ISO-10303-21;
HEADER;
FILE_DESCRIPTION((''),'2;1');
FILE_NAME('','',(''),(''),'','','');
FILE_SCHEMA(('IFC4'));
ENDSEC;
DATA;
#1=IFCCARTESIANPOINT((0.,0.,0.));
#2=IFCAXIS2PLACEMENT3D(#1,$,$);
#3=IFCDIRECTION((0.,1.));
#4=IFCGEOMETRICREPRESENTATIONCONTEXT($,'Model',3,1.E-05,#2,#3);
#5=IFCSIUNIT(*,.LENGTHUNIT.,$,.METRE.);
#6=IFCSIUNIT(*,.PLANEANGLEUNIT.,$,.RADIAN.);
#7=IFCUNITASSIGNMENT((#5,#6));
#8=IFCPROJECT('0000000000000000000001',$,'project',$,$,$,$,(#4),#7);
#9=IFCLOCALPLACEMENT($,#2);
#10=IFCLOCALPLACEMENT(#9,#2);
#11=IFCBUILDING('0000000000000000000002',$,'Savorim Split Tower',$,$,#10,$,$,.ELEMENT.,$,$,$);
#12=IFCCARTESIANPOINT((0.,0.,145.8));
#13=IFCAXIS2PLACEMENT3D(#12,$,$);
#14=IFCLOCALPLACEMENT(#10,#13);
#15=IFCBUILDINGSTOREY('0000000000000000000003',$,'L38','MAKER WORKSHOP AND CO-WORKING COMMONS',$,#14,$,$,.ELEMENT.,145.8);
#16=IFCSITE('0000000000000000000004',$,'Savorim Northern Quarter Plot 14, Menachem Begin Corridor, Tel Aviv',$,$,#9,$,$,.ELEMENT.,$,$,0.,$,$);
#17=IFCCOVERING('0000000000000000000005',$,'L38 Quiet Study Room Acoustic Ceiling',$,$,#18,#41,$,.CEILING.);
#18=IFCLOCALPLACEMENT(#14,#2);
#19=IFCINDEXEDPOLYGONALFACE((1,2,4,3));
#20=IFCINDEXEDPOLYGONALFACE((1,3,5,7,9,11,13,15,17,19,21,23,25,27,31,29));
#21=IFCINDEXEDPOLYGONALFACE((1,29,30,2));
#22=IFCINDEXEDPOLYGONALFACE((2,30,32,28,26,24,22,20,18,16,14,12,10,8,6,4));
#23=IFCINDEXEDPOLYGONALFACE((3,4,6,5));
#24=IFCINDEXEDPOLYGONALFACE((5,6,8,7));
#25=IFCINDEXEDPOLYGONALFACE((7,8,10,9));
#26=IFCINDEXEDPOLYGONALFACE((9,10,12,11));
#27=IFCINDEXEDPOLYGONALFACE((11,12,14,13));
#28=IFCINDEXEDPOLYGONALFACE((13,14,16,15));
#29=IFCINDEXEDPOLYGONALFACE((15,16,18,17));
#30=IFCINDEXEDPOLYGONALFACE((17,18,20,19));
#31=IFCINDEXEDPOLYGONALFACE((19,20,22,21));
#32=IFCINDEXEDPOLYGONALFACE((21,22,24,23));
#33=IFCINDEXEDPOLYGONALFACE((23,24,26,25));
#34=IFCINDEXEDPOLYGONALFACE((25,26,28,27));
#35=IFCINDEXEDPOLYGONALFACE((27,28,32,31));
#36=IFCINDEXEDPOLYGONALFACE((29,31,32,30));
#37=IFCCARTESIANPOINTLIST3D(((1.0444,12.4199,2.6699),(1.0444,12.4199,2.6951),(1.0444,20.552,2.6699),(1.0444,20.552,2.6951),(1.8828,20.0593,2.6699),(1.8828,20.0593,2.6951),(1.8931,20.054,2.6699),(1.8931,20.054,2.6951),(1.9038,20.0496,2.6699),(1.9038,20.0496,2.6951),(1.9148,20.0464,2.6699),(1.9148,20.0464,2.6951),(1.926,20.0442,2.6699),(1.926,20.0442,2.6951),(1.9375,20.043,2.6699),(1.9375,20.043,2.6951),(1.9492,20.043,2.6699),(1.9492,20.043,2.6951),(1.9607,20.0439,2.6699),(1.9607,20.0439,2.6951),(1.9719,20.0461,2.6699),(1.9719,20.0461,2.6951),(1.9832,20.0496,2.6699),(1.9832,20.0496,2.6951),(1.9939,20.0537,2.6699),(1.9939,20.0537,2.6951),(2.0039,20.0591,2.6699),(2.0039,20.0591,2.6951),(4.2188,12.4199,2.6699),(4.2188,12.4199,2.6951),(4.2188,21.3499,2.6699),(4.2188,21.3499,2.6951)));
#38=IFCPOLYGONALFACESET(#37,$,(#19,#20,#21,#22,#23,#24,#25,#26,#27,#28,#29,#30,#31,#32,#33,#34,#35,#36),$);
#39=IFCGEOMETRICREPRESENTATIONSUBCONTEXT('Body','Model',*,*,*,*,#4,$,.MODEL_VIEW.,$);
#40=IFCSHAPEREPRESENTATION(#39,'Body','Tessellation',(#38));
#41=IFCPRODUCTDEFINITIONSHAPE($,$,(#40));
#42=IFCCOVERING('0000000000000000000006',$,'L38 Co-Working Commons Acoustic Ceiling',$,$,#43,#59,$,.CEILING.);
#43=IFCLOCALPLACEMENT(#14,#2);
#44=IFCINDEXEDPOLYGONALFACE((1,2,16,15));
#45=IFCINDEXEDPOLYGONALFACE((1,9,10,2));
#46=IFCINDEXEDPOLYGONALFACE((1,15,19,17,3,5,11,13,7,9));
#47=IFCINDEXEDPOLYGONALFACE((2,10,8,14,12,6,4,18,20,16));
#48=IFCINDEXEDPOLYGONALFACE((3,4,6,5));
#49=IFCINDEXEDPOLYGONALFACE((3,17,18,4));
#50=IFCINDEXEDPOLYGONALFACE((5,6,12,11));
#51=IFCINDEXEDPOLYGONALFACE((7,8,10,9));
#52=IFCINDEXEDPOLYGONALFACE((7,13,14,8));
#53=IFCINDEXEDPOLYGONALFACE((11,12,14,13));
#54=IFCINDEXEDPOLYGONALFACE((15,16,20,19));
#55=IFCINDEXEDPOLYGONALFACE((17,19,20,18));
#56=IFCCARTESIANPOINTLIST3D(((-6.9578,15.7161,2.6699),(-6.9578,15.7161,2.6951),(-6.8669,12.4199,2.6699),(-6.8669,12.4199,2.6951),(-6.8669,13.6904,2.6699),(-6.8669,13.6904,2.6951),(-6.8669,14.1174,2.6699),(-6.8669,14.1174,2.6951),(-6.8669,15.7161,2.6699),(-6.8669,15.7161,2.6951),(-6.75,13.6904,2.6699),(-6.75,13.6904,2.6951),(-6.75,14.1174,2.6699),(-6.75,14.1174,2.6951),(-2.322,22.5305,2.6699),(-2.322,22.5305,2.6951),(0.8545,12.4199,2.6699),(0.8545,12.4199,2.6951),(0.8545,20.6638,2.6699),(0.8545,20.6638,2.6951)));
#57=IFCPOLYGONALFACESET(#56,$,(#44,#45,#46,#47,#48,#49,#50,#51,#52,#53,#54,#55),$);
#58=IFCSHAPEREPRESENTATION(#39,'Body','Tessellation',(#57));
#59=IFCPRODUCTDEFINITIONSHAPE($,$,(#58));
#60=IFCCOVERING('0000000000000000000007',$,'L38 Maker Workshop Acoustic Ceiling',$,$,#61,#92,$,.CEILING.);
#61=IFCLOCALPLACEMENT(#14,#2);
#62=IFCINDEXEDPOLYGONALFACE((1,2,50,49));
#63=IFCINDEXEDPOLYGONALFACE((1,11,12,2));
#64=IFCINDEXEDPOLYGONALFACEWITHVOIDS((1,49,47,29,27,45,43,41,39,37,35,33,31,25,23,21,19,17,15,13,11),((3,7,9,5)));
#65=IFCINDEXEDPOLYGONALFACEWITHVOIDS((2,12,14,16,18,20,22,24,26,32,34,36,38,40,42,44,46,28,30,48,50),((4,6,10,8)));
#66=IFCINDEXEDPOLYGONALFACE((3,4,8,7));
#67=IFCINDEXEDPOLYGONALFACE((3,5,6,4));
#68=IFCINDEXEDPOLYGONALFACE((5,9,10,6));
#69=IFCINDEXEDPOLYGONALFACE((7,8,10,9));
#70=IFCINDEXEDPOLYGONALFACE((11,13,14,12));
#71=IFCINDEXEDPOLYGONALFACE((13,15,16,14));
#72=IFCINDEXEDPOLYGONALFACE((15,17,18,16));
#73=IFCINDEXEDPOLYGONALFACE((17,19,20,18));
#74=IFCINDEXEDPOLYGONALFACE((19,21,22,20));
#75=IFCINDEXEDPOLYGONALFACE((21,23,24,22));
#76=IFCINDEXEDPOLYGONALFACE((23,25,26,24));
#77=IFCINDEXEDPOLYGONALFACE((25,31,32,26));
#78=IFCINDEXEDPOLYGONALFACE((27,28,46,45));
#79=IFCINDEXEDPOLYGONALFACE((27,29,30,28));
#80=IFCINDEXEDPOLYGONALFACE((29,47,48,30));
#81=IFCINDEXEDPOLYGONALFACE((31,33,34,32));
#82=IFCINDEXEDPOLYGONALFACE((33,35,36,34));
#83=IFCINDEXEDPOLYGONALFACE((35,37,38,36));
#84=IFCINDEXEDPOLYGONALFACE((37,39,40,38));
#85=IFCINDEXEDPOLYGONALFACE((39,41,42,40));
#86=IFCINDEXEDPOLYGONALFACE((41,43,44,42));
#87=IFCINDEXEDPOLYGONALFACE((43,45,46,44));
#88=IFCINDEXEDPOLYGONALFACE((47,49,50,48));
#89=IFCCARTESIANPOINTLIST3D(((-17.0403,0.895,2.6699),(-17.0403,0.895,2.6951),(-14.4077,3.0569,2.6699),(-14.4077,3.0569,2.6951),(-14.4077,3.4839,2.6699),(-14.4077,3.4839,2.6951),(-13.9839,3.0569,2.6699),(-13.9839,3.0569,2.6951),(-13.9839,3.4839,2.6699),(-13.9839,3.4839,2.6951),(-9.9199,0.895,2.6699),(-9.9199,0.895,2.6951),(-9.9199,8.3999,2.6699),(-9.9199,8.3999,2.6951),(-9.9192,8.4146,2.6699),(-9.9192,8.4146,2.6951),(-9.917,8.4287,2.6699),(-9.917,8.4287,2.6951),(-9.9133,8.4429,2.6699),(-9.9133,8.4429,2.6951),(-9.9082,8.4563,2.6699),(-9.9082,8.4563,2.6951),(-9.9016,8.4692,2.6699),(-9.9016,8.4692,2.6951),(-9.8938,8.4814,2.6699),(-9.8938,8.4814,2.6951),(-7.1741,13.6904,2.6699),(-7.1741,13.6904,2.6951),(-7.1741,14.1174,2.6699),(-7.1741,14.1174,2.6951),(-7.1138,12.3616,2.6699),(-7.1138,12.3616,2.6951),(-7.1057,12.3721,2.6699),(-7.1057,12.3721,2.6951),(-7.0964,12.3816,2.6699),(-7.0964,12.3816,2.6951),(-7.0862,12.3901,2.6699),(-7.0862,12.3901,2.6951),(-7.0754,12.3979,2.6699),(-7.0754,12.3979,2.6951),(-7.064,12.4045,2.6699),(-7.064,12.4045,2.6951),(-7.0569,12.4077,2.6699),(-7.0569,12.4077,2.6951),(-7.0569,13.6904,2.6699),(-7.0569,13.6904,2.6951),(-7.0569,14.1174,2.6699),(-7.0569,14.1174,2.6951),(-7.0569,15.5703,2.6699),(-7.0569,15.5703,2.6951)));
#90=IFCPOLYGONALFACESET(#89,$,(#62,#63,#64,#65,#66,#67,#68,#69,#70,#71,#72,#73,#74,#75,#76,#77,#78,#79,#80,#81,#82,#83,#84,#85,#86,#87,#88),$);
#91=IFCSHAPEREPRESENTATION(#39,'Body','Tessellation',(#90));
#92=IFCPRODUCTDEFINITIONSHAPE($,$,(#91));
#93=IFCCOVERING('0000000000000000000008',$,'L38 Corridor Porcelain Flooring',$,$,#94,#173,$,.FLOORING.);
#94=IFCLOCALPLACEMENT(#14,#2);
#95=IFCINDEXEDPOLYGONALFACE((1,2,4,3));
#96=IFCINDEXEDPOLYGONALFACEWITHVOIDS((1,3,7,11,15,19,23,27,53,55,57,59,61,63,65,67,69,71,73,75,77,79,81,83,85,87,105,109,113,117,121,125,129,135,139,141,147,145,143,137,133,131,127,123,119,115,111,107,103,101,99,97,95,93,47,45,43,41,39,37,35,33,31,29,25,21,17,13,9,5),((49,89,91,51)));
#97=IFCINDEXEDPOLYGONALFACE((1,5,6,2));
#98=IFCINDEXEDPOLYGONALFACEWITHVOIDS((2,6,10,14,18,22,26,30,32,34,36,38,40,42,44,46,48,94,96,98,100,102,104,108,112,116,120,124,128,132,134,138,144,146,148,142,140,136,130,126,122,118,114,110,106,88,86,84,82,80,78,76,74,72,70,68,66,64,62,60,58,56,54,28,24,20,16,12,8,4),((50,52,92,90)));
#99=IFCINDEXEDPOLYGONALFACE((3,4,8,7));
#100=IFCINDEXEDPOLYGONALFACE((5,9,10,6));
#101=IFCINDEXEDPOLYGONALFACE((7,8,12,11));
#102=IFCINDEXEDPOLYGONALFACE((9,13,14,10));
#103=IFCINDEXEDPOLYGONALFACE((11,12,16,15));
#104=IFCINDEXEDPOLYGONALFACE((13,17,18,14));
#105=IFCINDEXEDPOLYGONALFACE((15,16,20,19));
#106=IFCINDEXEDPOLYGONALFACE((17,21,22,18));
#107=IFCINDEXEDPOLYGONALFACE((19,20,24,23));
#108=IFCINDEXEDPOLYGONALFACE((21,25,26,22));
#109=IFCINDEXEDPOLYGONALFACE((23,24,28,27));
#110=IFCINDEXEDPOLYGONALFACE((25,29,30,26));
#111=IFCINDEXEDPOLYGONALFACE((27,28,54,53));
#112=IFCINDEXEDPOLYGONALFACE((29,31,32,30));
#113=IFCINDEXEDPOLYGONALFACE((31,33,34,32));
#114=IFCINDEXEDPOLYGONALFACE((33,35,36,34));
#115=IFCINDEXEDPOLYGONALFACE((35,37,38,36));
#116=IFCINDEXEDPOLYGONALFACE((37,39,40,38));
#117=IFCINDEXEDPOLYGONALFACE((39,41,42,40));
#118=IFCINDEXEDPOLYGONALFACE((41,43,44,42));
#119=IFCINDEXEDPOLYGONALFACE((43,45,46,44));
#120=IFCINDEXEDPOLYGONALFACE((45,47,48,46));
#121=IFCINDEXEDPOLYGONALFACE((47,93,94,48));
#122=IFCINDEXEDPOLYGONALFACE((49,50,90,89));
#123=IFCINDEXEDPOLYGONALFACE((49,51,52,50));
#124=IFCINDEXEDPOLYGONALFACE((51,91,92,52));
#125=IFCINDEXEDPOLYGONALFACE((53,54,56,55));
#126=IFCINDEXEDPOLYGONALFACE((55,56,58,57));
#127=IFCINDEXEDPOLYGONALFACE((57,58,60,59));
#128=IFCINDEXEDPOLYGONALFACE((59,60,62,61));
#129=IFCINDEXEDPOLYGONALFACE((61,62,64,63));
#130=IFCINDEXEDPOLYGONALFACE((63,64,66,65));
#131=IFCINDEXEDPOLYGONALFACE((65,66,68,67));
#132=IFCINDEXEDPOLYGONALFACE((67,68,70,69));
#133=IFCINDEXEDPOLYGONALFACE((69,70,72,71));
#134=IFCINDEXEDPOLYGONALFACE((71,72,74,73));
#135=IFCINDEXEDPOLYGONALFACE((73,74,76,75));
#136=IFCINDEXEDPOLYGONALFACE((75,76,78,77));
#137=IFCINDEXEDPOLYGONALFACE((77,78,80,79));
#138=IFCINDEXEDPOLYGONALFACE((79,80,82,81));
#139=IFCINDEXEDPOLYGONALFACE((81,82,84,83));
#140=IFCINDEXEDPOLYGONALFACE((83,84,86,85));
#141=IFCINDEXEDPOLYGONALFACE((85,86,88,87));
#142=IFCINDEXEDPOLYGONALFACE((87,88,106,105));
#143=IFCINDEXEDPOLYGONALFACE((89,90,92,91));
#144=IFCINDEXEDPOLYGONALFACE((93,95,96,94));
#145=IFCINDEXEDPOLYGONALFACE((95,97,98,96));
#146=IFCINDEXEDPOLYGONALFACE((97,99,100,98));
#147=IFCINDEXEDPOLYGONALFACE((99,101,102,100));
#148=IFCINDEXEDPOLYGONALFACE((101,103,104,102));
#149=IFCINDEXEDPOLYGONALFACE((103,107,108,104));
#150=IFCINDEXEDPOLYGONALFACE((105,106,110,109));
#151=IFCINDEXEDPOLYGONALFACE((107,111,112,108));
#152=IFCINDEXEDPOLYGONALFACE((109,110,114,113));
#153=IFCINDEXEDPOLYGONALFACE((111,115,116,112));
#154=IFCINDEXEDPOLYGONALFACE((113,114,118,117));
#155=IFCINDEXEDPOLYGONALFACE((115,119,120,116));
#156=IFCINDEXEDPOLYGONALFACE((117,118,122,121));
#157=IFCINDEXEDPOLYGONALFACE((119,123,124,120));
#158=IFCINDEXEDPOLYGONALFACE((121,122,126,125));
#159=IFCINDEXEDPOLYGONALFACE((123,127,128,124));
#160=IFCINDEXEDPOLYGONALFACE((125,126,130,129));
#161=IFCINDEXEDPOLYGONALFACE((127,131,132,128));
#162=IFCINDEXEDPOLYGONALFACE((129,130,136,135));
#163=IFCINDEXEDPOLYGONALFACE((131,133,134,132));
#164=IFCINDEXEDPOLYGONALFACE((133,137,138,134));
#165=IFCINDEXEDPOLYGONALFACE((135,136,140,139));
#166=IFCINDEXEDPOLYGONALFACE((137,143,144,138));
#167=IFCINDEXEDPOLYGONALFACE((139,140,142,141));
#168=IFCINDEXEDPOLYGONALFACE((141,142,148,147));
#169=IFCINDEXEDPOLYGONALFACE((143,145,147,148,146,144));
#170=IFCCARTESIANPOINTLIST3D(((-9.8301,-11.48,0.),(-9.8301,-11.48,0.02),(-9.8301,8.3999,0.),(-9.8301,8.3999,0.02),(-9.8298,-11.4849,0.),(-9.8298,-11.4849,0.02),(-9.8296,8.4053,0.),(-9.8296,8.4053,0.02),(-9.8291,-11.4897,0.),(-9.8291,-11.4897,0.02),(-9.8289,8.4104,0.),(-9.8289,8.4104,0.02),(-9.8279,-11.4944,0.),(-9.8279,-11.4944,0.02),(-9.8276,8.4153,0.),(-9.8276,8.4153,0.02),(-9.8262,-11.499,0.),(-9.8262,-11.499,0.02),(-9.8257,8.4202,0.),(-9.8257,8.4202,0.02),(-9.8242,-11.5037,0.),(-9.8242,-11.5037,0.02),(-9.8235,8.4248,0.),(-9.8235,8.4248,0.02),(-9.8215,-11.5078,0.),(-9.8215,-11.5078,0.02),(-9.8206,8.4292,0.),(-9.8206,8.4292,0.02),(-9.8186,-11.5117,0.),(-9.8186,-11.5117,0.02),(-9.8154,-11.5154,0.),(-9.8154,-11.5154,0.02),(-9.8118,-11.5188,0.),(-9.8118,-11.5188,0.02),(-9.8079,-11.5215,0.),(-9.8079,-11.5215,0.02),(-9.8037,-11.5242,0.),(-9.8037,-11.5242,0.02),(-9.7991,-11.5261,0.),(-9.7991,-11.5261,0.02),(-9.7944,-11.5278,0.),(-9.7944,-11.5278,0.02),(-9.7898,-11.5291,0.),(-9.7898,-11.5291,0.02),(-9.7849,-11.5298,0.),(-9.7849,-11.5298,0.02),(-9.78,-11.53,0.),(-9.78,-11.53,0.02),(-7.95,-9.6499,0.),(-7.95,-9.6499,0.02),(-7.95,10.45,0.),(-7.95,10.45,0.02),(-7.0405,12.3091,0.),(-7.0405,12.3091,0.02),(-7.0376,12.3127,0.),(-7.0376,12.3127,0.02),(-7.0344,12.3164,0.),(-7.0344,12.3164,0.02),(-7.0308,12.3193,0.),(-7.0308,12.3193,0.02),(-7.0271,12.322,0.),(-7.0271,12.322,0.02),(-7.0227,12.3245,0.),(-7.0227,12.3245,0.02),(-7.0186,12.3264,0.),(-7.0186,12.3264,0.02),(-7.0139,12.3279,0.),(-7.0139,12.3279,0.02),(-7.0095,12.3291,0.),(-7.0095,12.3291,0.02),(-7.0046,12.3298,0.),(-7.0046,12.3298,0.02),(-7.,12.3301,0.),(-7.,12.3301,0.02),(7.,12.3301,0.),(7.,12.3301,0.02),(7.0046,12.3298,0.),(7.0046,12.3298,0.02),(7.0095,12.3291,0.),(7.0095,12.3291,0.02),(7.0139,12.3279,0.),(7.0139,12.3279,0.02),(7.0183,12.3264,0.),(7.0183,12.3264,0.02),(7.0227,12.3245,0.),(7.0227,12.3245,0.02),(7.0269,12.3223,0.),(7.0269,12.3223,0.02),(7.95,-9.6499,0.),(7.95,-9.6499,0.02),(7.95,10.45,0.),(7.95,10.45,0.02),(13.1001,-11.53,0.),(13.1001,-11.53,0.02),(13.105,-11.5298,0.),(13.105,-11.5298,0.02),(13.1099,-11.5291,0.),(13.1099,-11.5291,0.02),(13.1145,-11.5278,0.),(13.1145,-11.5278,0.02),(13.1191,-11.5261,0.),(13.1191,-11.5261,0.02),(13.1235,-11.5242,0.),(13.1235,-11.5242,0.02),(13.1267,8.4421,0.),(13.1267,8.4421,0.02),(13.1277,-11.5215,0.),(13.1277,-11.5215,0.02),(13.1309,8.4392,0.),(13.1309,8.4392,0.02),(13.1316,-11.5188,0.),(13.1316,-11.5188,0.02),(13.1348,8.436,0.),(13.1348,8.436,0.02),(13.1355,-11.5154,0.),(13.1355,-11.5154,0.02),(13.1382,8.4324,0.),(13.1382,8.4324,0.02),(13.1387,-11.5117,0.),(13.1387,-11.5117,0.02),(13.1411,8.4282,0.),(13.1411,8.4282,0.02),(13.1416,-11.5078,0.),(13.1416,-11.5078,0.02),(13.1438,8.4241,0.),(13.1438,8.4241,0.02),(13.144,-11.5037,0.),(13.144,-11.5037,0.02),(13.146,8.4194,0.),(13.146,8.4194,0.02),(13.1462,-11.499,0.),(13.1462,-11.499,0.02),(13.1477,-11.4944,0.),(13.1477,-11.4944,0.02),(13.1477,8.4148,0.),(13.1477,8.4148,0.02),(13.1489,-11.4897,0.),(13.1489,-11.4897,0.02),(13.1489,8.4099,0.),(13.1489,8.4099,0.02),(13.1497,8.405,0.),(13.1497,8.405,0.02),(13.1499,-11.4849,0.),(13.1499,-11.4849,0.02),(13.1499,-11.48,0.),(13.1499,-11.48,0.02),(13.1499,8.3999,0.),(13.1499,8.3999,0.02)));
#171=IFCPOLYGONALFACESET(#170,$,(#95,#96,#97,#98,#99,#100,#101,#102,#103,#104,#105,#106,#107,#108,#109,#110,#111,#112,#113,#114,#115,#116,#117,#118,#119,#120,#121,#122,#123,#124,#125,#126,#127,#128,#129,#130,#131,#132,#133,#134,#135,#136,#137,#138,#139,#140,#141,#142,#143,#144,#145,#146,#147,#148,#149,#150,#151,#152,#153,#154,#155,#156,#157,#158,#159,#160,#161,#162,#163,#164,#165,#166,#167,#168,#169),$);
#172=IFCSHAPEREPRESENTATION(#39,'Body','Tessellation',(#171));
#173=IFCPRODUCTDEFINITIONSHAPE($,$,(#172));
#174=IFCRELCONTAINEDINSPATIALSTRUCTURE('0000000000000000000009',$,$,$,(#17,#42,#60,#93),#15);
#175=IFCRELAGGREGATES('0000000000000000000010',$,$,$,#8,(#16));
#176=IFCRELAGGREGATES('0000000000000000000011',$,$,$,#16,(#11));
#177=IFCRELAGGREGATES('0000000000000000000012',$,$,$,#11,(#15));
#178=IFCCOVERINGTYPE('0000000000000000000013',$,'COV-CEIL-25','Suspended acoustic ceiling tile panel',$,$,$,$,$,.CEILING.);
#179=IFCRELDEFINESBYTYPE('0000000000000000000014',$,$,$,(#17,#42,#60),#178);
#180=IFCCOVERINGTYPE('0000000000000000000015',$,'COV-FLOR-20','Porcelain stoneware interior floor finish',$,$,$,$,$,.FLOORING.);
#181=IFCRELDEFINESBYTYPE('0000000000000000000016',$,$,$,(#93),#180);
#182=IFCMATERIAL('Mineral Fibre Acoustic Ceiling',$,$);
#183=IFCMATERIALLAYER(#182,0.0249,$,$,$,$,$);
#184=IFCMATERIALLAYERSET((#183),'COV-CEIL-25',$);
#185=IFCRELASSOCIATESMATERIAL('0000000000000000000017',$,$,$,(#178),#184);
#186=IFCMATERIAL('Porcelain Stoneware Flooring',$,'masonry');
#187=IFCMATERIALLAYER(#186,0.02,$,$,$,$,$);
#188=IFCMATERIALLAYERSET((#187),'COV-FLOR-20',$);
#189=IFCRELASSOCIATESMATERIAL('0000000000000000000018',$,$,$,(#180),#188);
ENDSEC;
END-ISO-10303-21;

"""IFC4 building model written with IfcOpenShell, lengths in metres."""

from ifc_helpers import new_model, si_unit, direction, frame, origin, place, context, subcontext, project, spatial, polyline, outline, extrude, material, layer, layer_set, type_object, element, save


model = new_model("IFC4")

# Units and contexts
model_context = context("Model", 3, precision=1e-05, world=origin(), true_north=direction((0.0, 1.0)))
body_context = subcontext(model_context, "Body", "Model", "MODEL_VIEW")
ifc_project = project(units=[si_unit("LENGTHUNIT", "METRE"), si_unit("PLANEANGLEUNIT", "RADIAN")], contexts=[model_context])

# Site, building, storey
site_placement = place(None, origin())
site = spatial("IfcSite", under=ifc_project, at=site_placement, Name="Savorim Northern Quarter Plot 14, Menachem Begin Corridor, Tel Aviv", CompositionType="ELEMENT", RefElevation=0.0)
building_placement = place(site_placement, origin())
building = spatial("IfcBuilding", under=site, at=building_placement, Name="Savorim Split Tower", CompositionType="ELEMENT")
storey_placement = place(building_placement, frame((0.0, 0.0, 145.8)))
storey = spatial("IfcBuildingStorey", under=building, at=storey_placement, Name="L38", Description="MAKER WORKSHOP AND CO-WORKING COMMONS", CompositionType="ELEMENT", Elevation=145.8)

# Coverings
ifc_material_1 = material(Name="Mineral Fibre Acoustic Ceiling")
ifc_layer_1 = layer(ifc_material_1, 0.0249)
ifc_layer_set_1 = layer_set([ifc_layer_1], Name="COV-CEIL-25")
covering_type_1 = type_object("IfcCoveringType", Name="COV-CEIL-25", Description="Suspended acoustic ceiling tile panel", PredefinedType="CEILING", material=ifc_layer_set_1)
covering_1_placement = place(storey_placement, frame((0.0, 0.0, 2.6699)))
element("IfcCovering", 1, at=covering_1_placement, inside=storey, type_object=covering_type_1, Name="L38 Quiet Study Room Acoustic Ceiling", PredefinedType="CEILING", context=body_context, shape_type="SweptSolid", body=[
    extrude(outline(polyline([(1.9038, 20.0496), (1.8931, 20.054), (1.8828, 20.0593), (1.0444, 20.552), (1.0444, 12.4199), (4.2188, 12.4199), (4.2188, 21.3499), (2.0039, 20.0591), (1.9939, 20.0537), (1.9832, 20.0496), (1.9719, 20.0461), (1.9607, 20.0439), (1.9492, 20.043), (1.9375, 20.043), (1.926, 20.0442), (1.9148, 20.0464), (1.9038, 20.0496)])), origin(), (0.0, 0.0, 1.0), 0.0251),
])
covering_2_placement = place(storey_placement, frame((0.0, 0.0, 2.6699)))
element("IfcCovering", 2, at=covering_2_placement, inside=storey, type_object=covering_type_1, Name="L38 Co-Working Commons Acoustic Ceiling", PredefinedType="CEILING", context=body_context, shape_type="SweptSolid", body=[
    extrude(outline(polyline([(-6.8669, 12.4199), (0.8545, 12.4199), (0.8545, 20.6638), (-2.322, 22.5305), (-6.9578, 15.7161), (-6.8669, 15.7161), (-6.8669, 14.1174), (-6.75, 14.1174), (-6.75, 13.6904), (-6.8669, 13.6904), (-6.8669, 12.4199)])), origin(), (0.0, 0.0, 1.0), 0.0251),
])
covering_3_placement = place(storey_placement, frame((0.0, 0.0, 2.6699)))
element("IfcCovering", 3, at=covering_3_placement, inside=storey, type_object=covering_type_1, Name="L38 Maker Workshop Acoustic Ceiling", PredefinedType="CEILING", context=body_context, shape_type="SweptSolid", body=[
    extrude(outline(polyline([(-7.0754, 12.3979), (-7.064, 12.4045), (-7.0569, 12.4077), (-7.0569, 13.6904), (-7.1741, 13.6904), (-7.1741, 14.1174), (-7.0569, 14.1174), (-7.0569, 15.5703), (-17.0403, 0.895), (-9.9199, 0.895), (-9.9199, 8.3999), (-9.9192, 8.4146), (-9.917, 8.4287), (-9.9133, 8.4429), (-9.9082, 8.4563), (-9.9016, 8.4692), (-9.8938, 8.4814), (-7.1138, 12.3616), (-7.1057, 12.3721), (-7.0964, 12.3816), (-7.0862, 12.3901), (-7.0754, 12.3979)]), holes=[polyline([(-14.4077, 3.4839), (-14.4077, 3.0569), (-13.9839, 3.0569), (-13.9839, 3.4839), (-14.4077, 3.4839)])]), origin(), (0.0, 0.0, 1.0), 0.0251),
])
ifc_material_2 = material(Name="Porcelain Stoneware Flooring", Category="masonry")
ifc_layer_2 = layer(ifc_material_2, 0.02)
ifc_layer_set_2 = layer_set([ifc_layer_2], Name="COV-FLOR-20")
covering_type_2 = type_object("IfcCoveringType", Name="COV-FLOR-20", Description="Porcelain stoneware interior floor finish", PredefinedType="FLOORING", material=ifc_layer_set_2)
covering_4_placement = place(storey_placement, origin())
element("IfcCovering", 4, at=covering_4_placement, inside=storey, type_object=covering_type_2, Name="L38 Corridor Porcelain Flooring", PredefinedType="FLOORING", context=body_context, shape_type="SweptSolid", body=[
    extrude(outline(polyline([(7.0095, 12.3291), (7.0046, 12.3298), (7.0, 12.3301), (-7.0, 12.3301), (-7.0046, 12.3298), (-7.0095, 12.3291), (-7.0139, 12.3279), (-7.0186, 12.3264), (-7.0227, 12.3245), (-7.0271, 12.322), (-7.0308, 12.3193), (-7.0344, 12.3164), (-7.0376, 12.3127), (-7.0405, 12.3091), (-9.8206, 8.4292), (-9.8235, 8.4248), (-9.8257, 8.4202), (-9.8276, 8.4153), (-9.8289, 8.4104), (-9.8296, 8.4053), (-9.8301, 8.3999), (-9.8301, -11.48), (-9.8298, -11.4849), (-9.8291, -11.4897), (-9.8279, -11.4944), (-9.8262, -11.499), (-9.8242, -11.5037), (-9.8215, -11.5078), (-9.8186, -11.5117), (-9.8154, -11.5154), (-9.8118, -11.5188), (-9.8079, -11.5215), (-9.8037, -11.5242), (-9.7991, -11.5261), (-9.7944, -11.5278), (-9.7898, -11.5291), (-9.7849, -11.5298), (-9.78, -11.53), (13.1001, -11.53), (13.105, -11.5298), (13.1099, -11.5291), (13.1145, -11.5278), (13.1191, -11.5261), (13.1235, -11.5242), (13.1277, -11.5215), (13.1316, -11.5188), (13.1355, -11.5154), (13.1387, -11.5117), (13.1416, -11.5078), (13.144, -11.5037), (13.1462, -11.499), (13.1477, -11.4944), (13.1489, -11.4897), (13.1499, -11.4849), (13.1499, -11.48), (13.1499, 8.3999), (13.1497, 8.405), (13.1489, 8.4099), (13.1477, 8.4148), (13.146, 8.4194), (13.1438, 8.4241), (13.1411, 8.4282), (13.1382, 8.4324), (13.1348, 8.436), (13.1309, 8.4392), (13.1267, 8.4421), (7.0269, 12.3223), (7.0227, 12.3245), (7.0183, 12.3264), (7.0139, 12.3279), (7.0095, 12.3291)]), holes=[polyline([(-7.95, 10.45), (-7.95, -9.6499), (7.95, -9.6499), (7.95, 10.45), (-7.95, 10.45)])]), origin(), (0.0, 0.0, 1.0), 0.02),
])

save(model, "model.ifc")
